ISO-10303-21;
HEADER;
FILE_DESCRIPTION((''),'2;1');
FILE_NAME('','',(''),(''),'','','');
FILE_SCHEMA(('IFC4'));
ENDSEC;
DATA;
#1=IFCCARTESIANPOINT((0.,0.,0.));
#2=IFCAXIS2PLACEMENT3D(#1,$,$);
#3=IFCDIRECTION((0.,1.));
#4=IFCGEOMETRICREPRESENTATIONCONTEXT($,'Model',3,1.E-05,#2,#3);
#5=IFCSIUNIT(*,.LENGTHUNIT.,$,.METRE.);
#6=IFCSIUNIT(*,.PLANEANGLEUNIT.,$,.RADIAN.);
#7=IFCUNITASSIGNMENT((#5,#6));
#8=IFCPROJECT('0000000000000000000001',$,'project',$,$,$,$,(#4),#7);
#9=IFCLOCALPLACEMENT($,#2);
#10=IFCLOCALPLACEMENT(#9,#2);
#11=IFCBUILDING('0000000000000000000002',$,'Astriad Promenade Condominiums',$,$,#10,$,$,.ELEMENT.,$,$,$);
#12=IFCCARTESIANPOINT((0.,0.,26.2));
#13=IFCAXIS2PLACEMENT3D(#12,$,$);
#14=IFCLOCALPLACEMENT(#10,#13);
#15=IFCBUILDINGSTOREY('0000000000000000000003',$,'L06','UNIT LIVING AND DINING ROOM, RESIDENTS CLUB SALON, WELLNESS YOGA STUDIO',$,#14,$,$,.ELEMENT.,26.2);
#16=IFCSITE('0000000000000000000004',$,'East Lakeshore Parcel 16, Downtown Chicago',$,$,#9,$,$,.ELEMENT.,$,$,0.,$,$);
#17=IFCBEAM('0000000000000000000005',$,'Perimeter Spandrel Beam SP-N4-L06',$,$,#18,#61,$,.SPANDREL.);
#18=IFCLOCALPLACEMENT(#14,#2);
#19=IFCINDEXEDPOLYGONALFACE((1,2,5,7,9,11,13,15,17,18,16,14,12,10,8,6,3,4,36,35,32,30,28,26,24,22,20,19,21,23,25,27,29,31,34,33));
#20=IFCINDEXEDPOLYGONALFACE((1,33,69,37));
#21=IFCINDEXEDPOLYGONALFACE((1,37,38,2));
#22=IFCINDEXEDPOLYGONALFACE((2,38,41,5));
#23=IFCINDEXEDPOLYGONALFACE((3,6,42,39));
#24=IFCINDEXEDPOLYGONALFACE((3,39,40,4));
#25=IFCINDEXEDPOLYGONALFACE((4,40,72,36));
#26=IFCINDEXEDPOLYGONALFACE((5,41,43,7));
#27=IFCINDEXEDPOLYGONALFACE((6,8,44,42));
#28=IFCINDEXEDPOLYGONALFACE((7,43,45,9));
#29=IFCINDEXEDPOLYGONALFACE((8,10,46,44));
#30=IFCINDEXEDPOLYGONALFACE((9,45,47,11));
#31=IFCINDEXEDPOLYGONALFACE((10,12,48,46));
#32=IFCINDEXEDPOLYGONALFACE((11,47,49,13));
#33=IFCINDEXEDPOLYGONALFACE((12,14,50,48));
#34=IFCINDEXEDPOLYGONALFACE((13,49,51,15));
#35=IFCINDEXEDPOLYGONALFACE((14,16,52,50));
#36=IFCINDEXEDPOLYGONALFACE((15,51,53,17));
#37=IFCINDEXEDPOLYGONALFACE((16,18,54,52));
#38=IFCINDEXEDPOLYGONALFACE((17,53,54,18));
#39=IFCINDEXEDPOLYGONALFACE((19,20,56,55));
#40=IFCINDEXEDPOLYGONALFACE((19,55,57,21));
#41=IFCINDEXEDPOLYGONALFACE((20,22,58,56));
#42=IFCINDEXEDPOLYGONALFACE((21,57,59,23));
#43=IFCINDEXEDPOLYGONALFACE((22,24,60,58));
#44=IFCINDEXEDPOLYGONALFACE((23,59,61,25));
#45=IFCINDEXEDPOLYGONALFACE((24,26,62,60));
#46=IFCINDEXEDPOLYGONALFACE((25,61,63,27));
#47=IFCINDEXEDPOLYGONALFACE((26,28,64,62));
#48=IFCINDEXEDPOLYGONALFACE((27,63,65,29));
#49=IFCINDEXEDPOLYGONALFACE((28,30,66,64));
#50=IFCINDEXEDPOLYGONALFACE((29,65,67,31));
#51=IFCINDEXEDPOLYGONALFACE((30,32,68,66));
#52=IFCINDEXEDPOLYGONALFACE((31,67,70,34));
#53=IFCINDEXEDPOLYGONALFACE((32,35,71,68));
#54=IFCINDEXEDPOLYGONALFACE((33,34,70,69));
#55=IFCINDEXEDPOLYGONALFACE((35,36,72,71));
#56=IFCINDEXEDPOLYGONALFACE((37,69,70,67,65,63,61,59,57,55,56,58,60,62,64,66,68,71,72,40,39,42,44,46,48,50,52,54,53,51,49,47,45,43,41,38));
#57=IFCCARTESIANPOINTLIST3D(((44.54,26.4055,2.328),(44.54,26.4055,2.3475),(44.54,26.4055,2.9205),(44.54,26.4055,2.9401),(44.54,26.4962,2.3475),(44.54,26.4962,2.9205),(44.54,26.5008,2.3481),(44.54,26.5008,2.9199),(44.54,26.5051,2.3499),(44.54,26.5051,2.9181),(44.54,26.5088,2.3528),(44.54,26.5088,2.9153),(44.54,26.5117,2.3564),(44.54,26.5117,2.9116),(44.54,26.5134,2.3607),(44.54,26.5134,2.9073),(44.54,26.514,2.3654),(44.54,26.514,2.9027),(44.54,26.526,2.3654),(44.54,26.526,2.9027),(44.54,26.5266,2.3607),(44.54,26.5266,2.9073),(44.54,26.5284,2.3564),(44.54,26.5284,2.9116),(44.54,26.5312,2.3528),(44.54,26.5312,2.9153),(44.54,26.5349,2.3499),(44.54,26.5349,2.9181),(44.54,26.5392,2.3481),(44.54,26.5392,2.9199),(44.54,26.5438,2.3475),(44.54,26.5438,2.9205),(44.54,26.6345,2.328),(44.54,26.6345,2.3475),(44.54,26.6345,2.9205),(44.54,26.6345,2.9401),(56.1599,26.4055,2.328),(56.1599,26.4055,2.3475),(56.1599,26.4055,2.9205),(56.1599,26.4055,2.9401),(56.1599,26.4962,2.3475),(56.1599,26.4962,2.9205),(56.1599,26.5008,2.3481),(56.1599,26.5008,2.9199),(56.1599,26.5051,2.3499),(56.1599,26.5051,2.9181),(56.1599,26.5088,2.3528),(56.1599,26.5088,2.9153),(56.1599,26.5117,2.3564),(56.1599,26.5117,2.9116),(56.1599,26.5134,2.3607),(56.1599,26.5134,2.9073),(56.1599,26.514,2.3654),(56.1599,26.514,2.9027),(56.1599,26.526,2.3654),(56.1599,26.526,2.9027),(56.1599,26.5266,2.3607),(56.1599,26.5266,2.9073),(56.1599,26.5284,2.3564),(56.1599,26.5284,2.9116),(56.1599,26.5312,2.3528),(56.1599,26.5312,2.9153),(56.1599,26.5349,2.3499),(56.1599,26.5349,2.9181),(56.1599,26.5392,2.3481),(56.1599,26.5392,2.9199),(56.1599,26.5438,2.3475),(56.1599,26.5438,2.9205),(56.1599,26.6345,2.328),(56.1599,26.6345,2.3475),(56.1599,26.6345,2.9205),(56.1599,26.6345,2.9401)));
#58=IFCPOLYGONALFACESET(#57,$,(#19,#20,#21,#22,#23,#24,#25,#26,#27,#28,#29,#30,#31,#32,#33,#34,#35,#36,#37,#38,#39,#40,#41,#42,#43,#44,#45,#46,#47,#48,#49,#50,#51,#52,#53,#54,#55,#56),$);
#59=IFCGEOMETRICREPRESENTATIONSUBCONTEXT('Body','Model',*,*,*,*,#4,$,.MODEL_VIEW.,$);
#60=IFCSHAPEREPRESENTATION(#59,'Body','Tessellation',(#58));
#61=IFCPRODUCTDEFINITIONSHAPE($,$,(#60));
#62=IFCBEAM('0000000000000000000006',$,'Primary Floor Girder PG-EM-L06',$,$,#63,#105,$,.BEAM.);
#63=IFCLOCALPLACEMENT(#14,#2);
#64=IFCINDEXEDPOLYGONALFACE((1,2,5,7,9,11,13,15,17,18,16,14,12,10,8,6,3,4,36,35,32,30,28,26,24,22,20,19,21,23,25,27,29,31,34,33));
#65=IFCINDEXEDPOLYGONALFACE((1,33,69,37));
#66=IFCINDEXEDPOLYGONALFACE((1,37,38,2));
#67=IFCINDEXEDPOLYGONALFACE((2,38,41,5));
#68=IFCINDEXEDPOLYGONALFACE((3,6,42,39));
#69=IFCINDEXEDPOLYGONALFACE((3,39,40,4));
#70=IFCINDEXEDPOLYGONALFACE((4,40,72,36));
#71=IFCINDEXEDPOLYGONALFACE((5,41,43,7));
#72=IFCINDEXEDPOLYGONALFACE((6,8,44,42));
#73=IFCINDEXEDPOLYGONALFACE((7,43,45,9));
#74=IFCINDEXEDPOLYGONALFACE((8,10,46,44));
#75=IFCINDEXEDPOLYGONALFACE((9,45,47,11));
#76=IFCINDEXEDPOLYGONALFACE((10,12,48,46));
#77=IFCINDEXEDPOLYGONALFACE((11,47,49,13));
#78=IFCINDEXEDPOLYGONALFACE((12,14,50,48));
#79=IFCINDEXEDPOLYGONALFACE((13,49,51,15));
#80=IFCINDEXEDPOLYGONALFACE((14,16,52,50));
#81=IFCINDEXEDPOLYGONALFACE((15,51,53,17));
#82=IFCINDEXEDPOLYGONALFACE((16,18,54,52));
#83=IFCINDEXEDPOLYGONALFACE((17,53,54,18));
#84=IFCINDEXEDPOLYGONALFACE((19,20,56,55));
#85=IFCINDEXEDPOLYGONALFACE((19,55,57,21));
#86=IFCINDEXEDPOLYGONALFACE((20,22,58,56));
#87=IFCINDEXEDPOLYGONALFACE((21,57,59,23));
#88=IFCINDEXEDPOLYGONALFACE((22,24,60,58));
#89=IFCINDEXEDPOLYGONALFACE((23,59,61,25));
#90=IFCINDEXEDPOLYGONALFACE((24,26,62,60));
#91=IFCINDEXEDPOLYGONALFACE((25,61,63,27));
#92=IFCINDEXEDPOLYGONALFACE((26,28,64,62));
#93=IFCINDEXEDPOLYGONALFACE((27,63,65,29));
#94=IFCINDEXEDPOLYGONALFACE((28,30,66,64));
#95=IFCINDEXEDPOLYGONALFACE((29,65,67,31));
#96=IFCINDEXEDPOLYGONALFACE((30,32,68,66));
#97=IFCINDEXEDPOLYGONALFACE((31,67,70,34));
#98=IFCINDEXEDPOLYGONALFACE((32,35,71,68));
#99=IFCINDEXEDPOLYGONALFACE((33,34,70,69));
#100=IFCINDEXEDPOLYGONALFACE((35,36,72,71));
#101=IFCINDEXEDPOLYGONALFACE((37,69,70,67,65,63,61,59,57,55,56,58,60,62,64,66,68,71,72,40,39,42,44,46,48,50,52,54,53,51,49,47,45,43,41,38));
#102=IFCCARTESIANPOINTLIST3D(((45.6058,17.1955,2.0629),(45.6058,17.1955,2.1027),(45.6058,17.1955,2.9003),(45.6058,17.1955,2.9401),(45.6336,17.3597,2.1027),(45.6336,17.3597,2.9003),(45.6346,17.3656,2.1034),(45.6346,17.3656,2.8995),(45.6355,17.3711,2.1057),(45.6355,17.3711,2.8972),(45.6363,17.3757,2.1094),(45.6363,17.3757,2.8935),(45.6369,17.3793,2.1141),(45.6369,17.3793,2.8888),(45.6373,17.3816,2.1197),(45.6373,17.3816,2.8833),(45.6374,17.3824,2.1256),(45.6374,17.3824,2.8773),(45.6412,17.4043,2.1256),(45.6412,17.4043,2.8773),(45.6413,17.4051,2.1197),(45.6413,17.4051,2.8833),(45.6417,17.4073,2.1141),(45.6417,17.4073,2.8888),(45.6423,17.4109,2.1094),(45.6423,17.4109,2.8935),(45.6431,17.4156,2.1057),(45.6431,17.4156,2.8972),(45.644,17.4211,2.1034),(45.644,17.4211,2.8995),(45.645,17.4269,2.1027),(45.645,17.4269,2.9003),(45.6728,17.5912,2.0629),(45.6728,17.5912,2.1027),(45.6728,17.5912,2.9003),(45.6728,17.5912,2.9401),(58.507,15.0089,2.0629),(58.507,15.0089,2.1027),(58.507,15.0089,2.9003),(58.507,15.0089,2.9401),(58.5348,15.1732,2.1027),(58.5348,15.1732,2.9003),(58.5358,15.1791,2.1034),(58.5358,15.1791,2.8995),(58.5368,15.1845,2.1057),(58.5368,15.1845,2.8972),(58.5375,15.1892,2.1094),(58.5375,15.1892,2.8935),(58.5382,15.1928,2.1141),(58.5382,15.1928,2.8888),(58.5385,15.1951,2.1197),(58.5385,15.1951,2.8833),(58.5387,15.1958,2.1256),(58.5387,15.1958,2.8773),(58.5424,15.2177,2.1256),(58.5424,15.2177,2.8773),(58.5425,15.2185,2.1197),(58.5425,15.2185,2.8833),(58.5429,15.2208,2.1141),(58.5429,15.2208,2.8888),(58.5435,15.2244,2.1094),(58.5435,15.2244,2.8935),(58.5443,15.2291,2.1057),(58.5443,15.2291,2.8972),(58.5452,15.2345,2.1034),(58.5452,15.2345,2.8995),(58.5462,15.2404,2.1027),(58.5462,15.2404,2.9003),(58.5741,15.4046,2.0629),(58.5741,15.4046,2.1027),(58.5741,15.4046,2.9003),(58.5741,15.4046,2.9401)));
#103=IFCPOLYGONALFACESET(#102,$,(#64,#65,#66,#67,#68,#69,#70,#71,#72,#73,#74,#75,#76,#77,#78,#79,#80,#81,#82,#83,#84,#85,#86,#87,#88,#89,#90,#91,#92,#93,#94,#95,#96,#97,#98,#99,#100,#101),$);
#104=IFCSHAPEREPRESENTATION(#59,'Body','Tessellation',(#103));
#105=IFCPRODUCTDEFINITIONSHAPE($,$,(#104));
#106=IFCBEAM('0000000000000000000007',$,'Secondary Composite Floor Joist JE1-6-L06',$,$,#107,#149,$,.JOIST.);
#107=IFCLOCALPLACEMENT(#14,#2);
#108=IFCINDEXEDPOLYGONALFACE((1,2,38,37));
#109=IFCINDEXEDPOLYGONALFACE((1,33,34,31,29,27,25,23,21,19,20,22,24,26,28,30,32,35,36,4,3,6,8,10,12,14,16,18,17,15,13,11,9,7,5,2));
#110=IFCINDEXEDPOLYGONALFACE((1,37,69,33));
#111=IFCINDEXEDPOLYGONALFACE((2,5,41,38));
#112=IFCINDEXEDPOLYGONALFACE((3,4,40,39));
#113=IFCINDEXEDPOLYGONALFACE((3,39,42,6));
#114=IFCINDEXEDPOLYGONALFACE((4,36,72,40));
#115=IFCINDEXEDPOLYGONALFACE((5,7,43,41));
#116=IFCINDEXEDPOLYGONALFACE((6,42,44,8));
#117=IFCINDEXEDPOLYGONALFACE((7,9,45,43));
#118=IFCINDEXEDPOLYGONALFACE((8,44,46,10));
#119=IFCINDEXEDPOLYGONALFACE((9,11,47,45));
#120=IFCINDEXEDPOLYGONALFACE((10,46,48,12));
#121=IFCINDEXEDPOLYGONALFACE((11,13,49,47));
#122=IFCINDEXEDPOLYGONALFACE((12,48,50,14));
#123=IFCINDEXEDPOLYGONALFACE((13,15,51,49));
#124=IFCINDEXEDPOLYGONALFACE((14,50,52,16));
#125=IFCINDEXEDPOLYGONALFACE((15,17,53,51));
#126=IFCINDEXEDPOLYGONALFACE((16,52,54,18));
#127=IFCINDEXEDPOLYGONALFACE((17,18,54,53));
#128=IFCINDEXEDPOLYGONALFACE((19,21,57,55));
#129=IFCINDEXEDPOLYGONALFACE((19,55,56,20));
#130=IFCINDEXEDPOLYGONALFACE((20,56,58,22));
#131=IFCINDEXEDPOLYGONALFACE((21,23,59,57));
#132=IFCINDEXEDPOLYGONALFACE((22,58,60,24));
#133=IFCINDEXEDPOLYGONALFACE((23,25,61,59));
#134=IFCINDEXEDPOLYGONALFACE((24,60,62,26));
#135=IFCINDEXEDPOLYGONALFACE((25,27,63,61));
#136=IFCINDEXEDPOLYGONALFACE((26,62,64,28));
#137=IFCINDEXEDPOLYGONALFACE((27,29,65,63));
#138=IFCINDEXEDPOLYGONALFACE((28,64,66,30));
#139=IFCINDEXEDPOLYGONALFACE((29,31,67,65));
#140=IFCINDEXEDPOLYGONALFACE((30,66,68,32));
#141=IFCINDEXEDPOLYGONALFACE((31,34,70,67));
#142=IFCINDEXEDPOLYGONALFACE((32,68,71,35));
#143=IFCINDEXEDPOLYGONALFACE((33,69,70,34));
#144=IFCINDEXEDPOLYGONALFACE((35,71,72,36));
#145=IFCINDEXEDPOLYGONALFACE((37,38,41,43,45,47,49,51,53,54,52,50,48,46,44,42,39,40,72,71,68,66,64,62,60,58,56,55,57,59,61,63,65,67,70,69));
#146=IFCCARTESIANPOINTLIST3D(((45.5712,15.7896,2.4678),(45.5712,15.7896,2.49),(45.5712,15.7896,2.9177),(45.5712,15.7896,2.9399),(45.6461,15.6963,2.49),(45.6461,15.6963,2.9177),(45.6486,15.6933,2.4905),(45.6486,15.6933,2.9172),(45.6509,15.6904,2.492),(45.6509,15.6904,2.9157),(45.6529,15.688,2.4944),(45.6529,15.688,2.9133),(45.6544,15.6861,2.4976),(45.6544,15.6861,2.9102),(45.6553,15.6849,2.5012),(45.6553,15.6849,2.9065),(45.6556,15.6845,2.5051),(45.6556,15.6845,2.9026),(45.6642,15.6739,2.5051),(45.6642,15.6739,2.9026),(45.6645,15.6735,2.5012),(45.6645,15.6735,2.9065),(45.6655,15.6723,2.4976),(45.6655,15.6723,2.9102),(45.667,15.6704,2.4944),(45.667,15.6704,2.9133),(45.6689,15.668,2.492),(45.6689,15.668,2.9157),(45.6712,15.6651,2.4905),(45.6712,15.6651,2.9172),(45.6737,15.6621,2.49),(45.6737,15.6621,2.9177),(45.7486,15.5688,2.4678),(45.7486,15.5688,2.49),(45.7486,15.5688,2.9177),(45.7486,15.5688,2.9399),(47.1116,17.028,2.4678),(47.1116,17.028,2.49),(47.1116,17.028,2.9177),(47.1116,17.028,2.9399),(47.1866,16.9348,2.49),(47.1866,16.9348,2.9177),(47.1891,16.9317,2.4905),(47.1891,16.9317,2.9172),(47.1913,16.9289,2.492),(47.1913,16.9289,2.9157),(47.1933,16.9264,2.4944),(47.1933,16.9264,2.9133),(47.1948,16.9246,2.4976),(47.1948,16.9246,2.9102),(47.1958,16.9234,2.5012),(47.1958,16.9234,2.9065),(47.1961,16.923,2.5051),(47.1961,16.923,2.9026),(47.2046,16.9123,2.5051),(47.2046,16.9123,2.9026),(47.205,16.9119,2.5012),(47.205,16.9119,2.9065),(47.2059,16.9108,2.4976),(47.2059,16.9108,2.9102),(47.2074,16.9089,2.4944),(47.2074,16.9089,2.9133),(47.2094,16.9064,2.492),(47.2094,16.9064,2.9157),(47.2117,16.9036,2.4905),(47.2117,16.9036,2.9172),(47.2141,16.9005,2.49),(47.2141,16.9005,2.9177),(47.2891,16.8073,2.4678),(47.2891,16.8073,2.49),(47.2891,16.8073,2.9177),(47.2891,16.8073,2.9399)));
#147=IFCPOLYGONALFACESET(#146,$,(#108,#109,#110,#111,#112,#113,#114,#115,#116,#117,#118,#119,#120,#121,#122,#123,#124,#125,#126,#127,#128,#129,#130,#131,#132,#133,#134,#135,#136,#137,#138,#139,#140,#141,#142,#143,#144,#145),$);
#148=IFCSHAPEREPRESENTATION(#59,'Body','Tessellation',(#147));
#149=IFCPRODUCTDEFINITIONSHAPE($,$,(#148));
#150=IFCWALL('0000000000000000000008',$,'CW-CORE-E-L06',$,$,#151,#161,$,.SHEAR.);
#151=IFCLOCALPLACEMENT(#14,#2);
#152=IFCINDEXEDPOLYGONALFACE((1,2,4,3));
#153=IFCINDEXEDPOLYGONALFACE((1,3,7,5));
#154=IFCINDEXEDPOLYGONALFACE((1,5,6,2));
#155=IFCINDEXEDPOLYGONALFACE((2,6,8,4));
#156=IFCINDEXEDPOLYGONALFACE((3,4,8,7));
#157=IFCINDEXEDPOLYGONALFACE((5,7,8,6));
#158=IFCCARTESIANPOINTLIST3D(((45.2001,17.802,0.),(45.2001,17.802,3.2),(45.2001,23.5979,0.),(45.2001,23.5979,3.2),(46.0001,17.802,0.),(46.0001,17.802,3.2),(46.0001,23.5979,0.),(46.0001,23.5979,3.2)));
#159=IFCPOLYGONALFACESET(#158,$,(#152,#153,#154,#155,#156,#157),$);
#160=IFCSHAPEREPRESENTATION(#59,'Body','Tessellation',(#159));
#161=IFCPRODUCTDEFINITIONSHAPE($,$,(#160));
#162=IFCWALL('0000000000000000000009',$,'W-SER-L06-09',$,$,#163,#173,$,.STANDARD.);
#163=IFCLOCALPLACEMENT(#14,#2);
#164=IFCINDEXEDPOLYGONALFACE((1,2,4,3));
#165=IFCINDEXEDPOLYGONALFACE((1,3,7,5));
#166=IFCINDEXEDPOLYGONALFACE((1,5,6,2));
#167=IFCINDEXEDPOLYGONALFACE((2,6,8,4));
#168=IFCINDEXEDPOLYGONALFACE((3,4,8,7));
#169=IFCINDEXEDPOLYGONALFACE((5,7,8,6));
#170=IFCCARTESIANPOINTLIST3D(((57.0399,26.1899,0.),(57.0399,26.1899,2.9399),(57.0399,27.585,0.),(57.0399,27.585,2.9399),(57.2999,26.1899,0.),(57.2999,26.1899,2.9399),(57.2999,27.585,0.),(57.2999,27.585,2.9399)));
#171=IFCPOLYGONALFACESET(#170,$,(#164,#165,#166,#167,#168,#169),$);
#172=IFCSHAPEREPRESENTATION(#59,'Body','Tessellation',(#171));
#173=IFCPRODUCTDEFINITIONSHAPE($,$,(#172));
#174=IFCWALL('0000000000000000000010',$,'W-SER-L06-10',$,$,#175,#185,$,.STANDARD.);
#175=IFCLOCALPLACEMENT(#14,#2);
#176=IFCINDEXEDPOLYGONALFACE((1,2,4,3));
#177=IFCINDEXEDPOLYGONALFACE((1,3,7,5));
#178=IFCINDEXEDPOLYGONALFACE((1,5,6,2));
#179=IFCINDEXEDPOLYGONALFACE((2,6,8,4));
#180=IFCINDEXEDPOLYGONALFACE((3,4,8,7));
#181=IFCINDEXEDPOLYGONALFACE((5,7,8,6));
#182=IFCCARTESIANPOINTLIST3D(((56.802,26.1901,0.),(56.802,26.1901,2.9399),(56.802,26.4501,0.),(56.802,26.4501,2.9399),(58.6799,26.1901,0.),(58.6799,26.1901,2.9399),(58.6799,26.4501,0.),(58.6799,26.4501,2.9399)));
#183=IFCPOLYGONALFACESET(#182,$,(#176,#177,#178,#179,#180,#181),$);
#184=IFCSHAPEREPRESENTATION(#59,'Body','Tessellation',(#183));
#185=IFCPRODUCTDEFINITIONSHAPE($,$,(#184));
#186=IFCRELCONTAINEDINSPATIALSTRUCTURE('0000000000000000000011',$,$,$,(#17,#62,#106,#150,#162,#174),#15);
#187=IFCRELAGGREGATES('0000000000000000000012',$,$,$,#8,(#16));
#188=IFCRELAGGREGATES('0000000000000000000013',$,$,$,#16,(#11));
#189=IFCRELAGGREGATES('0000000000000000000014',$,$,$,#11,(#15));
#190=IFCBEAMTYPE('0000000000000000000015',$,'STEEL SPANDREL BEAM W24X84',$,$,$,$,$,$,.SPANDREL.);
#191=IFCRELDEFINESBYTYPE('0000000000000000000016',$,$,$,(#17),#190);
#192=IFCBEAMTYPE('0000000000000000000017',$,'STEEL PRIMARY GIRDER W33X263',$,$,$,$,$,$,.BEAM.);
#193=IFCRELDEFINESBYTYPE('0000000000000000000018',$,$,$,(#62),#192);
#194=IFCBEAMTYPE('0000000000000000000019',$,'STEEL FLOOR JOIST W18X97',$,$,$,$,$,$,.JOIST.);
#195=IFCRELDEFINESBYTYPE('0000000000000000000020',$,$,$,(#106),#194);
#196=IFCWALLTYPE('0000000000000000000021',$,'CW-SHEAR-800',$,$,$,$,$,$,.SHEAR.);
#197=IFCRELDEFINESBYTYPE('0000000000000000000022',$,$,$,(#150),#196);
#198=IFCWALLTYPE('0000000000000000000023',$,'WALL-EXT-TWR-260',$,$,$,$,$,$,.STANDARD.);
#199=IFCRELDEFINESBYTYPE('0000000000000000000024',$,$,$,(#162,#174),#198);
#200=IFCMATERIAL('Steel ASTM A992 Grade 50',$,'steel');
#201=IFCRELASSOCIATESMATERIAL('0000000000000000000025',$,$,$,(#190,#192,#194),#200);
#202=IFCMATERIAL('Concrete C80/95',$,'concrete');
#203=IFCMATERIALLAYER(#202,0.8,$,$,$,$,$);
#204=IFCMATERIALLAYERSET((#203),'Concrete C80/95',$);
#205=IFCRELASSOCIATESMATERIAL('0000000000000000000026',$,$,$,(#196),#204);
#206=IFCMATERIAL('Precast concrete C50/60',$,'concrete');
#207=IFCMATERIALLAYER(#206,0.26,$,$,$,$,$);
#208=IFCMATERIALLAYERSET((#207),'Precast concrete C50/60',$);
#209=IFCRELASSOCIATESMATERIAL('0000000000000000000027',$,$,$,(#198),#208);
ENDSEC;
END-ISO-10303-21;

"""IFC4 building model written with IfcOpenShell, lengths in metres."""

from ifc_helpers import new_model, si_unit, direction, frame, frame_2d, origin, origin_2d, place, context, subcontext, project, spatial, rectangle, i_section, extrude, source, transform, mapped, material, layer, layer_set, material_profile, profile_set, type_object, type_shapes, element, save


model = new_model("IFC4")

# Units and contexts
model_context = context("Model", 3, precision=1e-05, world=origin(), true_north=direction((0.0, 1.0)))
body_context = subcontext(model_context, "Body", "Model", "MODEL_VIEW")
ifc_project = project(units=[si_unit("LENGTHUNIT", "METRE"), si_unit("PLANEANGLEUNIT", "RADIAN")], contexts=[model_context])

# Site, building, storey
site_placement = place(None, origin())
site = spatial("IfcSite", under=ifc_project, at=site_placement, Name="East Lakeshore Parcel 16, Downtown Chicago", CompositionType="ELEMENT", RefElevation=0.0)
building_placement = place(site_placement, origin())
building = spatial("IfcBuilding", under=site, at=building_placement, Name="Astriad Promenade Condominiums", CompositionType="ELEMENT")
storey_placement = place(building_placement, frame((0.0, 0.0, 26.2)))
storey = spatial("IfcBuildingStorey", under=building, at=storey_placement, Name="L06", Description="UNIT LIVING AND DINING ROOM, RESIDENTS CLUB SALON, WELLNESS YOGA STUDIO", CompositionType="ELEMENT", Elevation=26.2)

# Shared definitions
ifc_material_1 = material(Name="Steel ASTM A992 Grade 50", Category="steel")
ifc_material_2 = material(Name="Concrete C80/95", Category="concrete")

# Beams
ifc_material_profile_1 = material_profile(ifc_material_1, i_section(OverallWidth=0.229, OverallDepth=0.6121, WebThickness=0.012, FlangeThickness=0.0195, FilletRadius=0.0178, at=origin_2d()), Name="W24X84")
ifc_profile_set_1 = profile_set([ifc_material_profile_1], Name="Steel ASTM A992 Grade 50")
beam_type_1 = type_object("IfcBeamType", Name="STEEL SPANDREL BEAM W24X84", PredefinedType="SPANDREL", material=ifc_profile_set_1)
shared_shape_1 = source(origin(), body_context, "Body", "SweptSolid", [
    extrude(i_section(OverallWidth=0.229, OverallDepth=0.6121, WebThickness=0.012, FlangeThickness=0.0195, FilletRadius=0.0178, at=origin_2d()), origin(), (0.0, 0.0, 1.0), 11.6199),
])
type_shapes(beam_type_1, [shared_shape_1])
beam_1_placement = place(storey_placement, frame((56.1599, 26.52, 2.634), z_axis=(-1.0, 0.0, 0.0), x_axis=(0.0, -1.0, 0.0)))
element("IfcBeam", 1, at=beam_1_placement, inside=storey, type_object=beam_type_1, Name="Perimeter Spandrel Beam SP-N4-L06", PredefinedType="SPANDREL", context=body_context, shape_type="MappedRepresentation", body=[
    mapped(shared_shape_1, transform((0.0, 0.0, 0.0), scale=1.0)),
])
ifc_material_profile_2 = material_profile(ifc_material_1, i_section(OverallWidth=0.4014, OverallDepth=0.8772, WebThickness=0.0222, FlangeThickness=0.0398, FilletRadius=0.0229, at=origin_2d()), Name="W33X263")
ifc_profile_set_2 = profile_set([ifc_material_profile_2], Name="Steel ASTM A992 Grade 50")
beam_type_2 = type_object("IfcBeamType", Name="STEEL PRIMARY GIRDER W33X263", PredefinedType="BEAM", material=ifc_profile_set_2)
shared_shape_2 = source(origin(), body_context, "Body", "SweptSolid", [
    extrude(i_section(OverallWidth=0.4014, OverallDepth=0.8772, WebThickness=0.0222, FlangeThickness=0.0398, FilletRadius=0.0229, at=origin_2d()), origin(), (0.0, 0.0, 1.0), 13.0852),
])
type_shapes(beam_type_2, [shared_shape_2])
beam_2_placement = place(storey_placement, frame((58.5405, 15.2068, 2.5015), z_axis=(-0.98594, 0.1671, 0.0), x_axis=(-0.1671, -0.98594, 0.0)))
element("IfcBeam", 2, at=beam_2_placement, inside=storey, type_object=beam_type_2, Name="Primary Floor Girder PG-EM-L06", PredefinedType="BEAM", context=body_context, shape_type="MappedRepresentation", body=[
    mapped(shared_shape_2, transform((0.0, 0.0, 0.0), scale=1.0)),
])
ifc_material_profile_3 = material_profile(ifc_material_1, i_section(OverallWidth=0.2832, OverallDepth=0.4722, WebThickness=0.0137, FlangeThickness=0.0222, FilletRadius=0.0151, at=origin_2d()), Name="W18X97")
ifc_profile_set_3 = profile_set([ifc_material_profile_3], Name="Steel ASTM A992 Grade 50")
beam_type_3 = type_object("IfcBeamType", Name="STEEL FLOOR JOIST W18X97", PredefinedType="JOIST", material=ifc_profile_set_3)
shared_shape_3 = source(origin(), body_context, "Body", "SweptSolid", [
    extrude(i_section(OverallWidth=0.2832, OverallDepth=0.4722, WebThickness=0.0137, FlangeThickness=0.0222, FilletRadius=0.0151, at=origin_2d()), origin(), (0.0, 0.0, 1.0), 1.9766),
])
type_shapes(beam_type_3, [shared_shape_3])
beam_3_placement = place(storey_placement, frame((45.6599, 15.6792, 2.7039), z_axis=(0.77936, 0.626576, 0.0), x_axis=(-0.626576, 0.77936, 0.0)))
element("IfcBeam", 3, at=beam_3_placement, inside=storey, type_object=beam_type_3, Name="Secondary Composite Floor Joist JE1-6-L06", PredefinedType="JOIST", context=body_context, shape_type="MappedRepresentation", body=[
    mapped(shared_shape_3, transform((0.0, 0.0, 0.0), scale=1.0)),
])

# Walls
ifc_layer_1 = layer(ifc_material_2, 0.8)
ifc_layer_set_1 = layer_set([ifc_layer_1], Name="Concrete C80/95")
wall_type_1 = type_object("IfcWallType", Name="CW-SHEAR-800", PredefinedType="SHEAR", material=ifc_layer_set_1)
wall_1_placement = place(storey_placement, frame((45.6001, 17.802, 0.0), z_axis=(0.0, 0.0, 1.0), x_axis=(0.0, 1.0, 0.0)))
element("IfcWall", 4, at=wall_1_placement, inside=storey, type_object=wall_type_1, Name="CW-CORE-E-L06", PredefinedType="SHEAR", context=body_context, shape_type="SweptSolid", body=[
    extrude(rectangle(XDim=5.7959, YDim=0.8, at=frame_2d((2.8979, 0.0))), origin(), (0.0, 0.0, 1.0), 3.2),
])
ifc_material_3 = material(Name="Precast concrete C50/60", Category="concrete")
ifc_layer_2 = layer(ifc_material_3, 0.26)
ifc_layer_set_2 = layer_set([ifc_layer_2], Name="Precast concrete C50/60")
wall_type_2 = type_object("IfcWallType", Name="WALL-EXT-TWR-260", PredefinedType="STANDARD", material=ifc_layer_set_2)
wall_2_placement = place(storey_placement, frame((57.1699, 27.585, 0.0), z_axis=(0.0, 0.0, 1.0), x_axis=(0.0, -1.0, 0.0)))
element("IfcWall", 5, at=wall_2_placement, inside=storey, type_object=wall_type_2, Name="W-SER-L06-09", PredefinedType="STANDARD", context=body_context, shape_type="SweptSolid", body=[
    extrude(rectangle(XDim=1.395, YDim=0.26, at=frame_2d((0.6975, 0.0))), origin(), (0.0, 0.0, 1.0), 2.9399),
])
wall_3_placement = place(storey_placement, frame((56.802, 26.3201, 0.0), z_axis=(0.0, 0.0, 1.0), x_axis=(1.0, 0.0, 0.0)))
element("IfcWall", 6, at=wall_3_placement, inside=storey, type_object=wall_type_2, Name="W-SER-L06-10", PredefinedType="STANDARD", context=body_context, shape_type="SweptSolid", body=[
    extrude(rectangle(XDim=1.8779, YDim=0.26, at=frame_2d((0.939, 0.0))), origin(), (0.0, 0.0, 1.0), 2.9399),
])

save(model, "model.ifc")
